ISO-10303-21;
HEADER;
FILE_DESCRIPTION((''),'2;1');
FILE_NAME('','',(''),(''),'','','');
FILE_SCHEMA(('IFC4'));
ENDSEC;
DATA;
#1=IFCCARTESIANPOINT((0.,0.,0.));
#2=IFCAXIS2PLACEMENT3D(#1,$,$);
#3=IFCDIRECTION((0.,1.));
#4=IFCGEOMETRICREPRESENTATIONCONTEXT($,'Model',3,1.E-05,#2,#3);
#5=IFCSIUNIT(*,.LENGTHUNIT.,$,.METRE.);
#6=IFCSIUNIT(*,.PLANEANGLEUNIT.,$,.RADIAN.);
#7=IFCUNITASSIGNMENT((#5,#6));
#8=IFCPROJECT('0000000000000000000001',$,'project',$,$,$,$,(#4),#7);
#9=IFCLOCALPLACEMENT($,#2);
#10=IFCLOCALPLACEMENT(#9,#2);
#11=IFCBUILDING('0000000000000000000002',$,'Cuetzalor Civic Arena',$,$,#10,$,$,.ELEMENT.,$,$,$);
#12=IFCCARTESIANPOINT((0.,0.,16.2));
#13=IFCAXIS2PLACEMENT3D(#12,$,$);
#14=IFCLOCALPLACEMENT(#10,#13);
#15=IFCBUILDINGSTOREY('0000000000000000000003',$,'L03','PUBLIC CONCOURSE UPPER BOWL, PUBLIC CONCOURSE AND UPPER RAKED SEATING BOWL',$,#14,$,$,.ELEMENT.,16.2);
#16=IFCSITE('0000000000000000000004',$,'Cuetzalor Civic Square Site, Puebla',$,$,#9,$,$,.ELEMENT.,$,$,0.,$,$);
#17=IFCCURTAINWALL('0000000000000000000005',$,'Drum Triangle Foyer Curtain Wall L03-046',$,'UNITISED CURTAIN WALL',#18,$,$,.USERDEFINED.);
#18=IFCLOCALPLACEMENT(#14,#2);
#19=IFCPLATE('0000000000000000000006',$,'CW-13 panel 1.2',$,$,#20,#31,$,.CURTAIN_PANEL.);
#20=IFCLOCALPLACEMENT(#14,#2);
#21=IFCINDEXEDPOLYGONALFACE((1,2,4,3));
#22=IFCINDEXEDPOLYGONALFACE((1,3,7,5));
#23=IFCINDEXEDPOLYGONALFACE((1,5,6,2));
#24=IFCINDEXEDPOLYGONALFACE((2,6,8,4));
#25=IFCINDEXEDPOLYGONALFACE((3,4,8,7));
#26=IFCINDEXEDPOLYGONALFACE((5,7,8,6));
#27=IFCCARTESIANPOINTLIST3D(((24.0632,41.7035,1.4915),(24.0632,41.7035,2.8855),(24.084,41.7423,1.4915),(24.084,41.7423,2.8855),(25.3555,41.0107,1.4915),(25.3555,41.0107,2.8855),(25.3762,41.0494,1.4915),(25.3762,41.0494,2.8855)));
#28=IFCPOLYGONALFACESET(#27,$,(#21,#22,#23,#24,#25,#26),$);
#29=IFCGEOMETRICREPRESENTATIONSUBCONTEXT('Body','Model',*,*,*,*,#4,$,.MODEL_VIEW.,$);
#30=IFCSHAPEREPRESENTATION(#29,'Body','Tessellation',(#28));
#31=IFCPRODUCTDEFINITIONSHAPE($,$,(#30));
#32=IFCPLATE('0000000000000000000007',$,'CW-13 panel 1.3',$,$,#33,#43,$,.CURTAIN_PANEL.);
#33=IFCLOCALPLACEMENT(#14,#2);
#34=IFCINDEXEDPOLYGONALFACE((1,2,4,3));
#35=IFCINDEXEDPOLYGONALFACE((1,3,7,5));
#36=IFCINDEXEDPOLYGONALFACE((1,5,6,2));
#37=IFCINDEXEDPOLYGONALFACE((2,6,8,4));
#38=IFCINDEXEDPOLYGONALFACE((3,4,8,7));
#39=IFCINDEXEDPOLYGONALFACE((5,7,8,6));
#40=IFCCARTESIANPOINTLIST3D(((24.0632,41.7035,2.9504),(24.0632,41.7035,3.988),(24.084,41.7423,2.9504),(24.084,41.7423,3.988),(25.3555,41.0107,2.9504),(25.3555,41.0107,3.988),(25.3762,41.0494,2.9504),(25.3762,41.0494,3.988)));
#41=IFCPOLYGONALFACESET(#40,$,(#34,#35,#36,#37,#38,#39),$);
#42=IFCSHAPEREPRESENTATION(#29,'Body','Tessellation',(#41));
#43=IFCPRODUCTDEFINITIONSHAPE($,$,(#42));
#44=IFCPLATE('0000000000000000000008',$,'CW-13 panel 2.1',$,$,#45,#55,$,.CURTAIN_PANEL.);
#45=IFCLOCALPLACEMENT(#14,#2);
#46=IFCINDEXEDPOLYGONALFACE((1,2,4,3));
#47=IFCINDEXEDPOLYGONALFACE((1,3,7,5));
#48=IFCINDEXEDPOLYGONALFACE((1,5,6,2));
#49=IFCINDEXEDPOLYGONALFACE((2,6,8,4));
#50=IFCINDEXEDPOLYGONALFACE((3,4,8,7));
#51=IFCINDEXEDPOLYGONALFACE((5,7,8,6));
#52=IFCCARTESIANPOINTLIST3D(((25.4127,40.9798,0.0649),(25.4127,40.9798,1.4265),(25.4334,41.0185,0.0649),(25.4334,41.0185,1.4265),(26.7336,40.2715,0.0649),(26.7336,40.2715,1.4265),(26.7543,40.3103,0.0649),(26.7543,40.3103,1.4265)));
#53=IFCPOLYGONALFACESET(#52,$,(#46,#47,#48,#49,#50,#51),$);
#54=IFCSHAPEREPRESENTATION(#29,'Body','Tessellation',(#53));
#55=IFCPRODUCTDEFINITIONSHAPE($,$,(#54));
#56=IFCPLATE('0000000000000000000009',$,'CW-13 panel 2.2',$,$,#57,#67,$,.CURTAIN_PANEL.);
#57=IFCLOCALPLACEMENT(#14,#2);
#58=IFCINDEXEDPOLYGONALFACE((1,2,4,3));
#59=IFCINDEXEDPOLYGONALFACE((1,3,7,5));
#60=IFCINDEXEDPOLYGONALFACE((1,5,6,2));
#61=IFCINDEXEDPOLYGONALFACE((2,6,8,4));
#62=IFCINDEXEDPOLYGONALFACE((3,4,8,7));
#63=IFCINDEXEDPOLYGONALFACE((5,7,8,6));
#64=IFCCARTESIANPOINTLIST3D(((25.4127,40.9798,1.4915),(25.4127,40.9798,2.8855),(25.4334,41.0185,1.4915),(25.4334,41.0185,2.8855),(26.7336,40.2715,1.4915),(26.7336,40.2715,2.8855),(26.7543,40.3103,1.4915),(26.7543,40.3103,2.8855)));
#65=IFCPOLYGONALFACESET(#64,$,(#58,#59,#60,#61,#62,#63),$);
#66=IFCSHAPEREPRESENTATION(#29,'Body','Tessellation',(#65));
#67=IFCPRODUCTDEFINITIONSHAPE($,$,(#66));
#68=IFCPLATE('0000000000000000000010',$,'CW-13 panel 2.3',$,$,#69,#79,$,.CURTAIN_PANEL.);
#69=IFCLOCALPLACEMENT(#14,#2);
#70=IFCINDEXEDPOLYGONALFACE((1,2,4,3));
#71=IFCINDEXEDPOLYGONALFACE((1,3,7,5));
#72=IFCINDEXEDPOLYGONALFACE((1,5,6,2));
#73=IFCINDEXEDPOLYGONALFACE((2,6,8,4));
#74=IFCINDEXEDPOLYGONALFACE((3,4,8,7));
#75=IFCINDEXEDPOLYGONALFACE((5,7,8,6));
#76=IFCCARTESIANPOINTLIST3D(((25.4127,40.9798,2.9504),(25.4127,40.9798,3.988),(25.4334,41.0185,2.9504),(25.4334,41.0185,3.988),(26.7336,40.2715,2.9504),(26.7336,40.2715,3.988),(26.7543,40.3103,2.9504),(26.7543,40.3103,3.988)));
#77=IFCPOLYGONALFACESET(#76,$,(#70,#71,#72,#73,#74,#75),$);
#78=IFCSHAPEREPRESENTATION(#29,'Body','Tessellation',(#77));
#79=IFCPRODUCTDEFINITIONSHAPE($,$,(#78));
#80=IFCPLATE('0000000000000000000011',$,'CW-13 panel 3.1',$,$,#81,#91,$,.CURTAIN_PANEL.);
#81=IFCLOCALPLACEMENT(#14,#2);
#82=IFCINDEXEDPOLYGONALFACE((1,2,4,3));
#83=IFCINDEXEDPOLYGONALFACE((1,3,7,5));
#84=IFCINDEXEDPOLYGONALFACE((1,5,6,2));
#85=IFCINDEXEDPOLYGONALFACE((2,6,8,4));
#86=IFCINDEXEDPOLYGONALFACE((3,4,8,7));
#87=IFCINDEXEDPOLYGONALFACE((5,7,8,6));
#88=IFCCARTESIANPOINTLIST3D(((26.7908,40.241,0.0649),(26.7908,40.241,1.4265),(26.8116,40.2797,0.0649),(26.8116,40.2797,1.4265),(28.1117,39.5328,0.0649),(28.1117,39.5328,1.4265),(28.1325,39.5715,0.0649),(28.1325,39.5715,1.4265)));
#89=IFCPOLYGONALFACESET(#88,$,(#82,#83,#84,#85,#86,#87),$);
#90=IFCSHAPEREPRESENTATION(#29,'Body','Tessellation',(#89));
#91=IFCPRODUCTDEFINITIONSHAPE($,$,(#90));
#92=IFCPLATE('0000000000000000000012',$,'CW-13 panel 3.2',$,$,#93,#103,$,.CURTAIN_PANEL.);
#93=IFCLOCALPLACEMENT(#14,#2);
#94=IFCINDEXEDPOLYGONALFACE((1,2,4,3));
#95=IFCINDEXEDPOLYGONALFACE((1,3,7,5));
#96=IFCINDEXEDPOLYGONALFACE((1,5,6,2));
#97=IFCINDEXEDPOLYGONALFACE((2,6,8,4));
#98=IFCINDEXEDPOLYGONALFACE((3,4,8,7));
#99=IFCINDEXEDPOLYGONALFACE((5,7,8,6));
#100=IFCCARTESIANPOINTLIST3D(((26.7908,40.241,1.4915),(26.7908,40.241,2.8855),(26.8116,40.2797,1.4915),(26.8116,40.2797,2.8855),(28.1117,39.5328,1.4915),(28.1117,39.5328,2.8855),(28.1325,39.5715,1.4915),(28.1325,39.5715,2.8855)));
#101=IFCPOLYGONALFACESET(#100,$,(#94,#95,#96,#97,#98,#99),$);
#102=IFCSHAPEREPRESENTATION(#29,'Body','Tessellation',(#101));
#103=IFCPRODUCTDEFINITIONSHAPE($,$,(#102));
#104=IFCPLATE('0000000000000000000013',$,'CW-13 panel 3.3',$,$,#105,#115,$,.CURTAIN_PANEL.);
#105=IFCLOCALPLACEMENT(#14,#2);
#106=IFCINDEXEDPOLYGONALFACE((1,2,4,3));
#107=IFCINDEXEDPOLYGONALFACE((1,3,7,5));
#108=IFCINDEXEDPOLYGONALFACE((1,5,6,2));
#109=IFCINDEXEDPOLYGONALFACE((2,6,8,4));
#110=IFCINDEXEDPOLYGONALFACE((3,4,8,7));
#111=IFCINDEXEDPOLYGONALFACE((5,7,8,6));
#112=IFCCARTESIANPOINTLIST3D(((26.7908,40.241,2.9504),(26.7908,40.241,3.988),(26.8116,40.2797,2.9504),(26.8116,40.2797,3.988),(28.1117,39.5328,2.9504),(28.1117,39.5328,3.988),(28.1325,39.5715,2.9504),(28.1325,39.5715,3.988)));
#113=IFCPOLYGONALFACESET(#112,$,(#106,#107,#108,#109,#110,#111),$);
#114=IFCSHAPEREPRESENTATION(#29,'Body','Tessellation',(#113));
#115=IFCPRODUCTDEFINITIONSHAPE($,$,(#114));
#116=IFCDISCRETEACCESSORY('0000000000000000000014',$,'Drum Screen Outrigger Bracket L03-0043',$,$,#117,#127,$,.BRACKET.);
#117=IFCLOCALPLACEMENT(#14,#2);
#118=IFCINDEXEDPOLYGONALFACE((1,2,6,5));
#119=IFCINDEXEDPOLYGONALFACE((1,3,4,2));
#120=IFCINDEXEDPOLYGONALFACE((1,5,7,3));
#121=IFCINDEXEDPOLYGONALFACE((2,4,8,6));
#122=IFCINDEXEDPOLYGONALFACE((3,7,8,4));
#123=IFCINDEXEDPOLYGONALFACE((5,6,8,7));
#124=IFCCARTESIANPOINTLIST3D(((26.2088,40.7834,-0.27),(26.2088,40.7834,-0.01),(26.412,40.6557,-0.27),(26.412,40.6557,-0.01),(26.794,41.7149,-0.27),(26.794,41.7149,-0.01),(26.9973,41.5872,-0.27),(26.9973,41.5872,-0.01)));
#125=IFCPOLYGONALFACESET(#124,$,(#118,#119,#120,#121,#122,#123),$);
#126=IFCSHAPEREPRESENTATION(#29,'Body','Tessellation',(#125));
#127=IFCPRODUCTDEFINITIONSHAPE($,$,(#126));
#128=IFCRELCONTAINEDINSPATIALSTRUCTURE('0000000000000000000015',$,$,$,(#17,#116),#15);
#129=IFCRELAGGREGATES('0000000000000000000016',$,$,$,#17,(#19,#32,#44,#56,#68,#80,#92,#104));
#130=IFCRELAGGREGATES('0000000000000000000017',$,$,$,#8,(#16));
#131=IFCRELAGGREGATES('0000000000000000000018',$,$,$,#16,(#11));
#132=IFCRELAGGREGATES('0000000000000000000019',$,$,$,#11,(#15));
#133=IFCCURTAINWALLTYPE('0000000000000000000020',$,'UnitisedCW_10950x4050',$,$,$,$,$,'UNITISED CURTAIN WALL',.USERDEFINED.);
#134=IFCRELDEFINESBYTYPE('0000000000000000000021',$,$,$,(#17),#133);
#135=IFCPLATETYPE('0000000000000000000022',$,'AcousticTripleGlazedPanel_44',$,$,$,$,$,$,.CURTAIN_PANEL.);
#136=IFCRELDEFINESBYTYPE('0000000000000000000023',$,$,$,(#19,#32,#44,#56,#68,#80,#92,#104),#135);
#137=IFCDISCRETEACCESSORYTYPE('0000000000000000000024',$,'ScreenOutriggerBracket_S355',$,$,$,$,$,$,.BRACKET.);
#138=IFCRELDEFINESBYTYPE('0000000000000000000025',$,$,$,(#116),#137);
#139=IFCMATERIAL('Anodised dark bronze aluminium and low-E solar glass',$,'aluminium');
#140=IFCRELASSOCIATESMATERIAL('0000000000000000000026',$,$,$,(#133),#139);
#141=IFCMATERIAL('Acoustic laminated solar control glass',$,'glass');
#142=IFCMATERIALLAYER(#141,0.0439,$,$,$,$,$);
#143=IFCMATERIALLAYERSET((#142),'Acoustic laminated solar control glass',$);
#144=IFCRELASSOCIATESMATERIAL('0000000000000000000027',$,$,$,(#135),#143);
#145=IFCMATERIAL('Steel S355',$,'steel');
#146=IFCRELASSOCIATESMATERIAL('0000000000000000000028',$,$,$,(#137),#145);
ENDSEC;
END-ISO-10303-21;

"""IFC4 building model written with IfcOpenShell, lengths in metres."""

from ifc_helpers import new_model, si_unit, direction, frame, origin, origin_2d, place, context, subcontext, project, spatial, rectangle, extrude, material, layer, layer_set, type_object, element, aggregate, save


model = new_model("IFC4")

# Units and contexts
model_context = context("Model", 3, precision=1e-05, world=origin(), true_north=direction((0.0, 1.0)))
body_context = subcontext(model_context, "Body", "Model", "MODEL_VIEW")
ifc_project = project(units=[si_unit("LENGTHUNIT", "METRE"), si_unit("PLANEANGLEUNIT", "RADIAN")], contexts=[model_context])

# Site, building, storey
site_placement = place(None, origin())
site = spatial("IfcSite", under=ifc_project, at=site_placement, Name="Cuetzalor Civic Square Site, Puebla", CompositionType="ELEMENT", RefElevation=0.0)
building_placement = place(site_placement, origin())
building = spatial("IfcBuilding", under=site, at=building_placement, Name="Cuetzalor Civic Arena", CompositionType="ELEMENT")
storey_placement = place(building_placement, frame((0.0, 0.0, 16.2)))
storey = spatial("IfcBuildingStorey", under=building, at=storey_placement, Name="L03", Description="PUBLIC CONCOURSE UPPER BOWL, PUBLIC CONCOURSE AND UPPER RAKED SEATING BOWL", CompositionType="ELEMENT", Elevation=16.2)

# Curtain wall, plates
ifc_material_1 = material(Name="Anodised dark bronze aluminium and low-E solar glass", Category="aluminium")
curtain_wall_type = type_object("IfcCurtainWallType", Name="UnitisedCW_10950x4050", ElementType="UNITISED CURTAIN WALL", PredefinedType="USERDEFINED", material=ifc_material_1)
curtain_wall_placement = place(storey_placement, origin())
curtain_wall = element("IfcCurtainWall", 1, at=curtain_wall_placement, inside=storey, type_object=curtain_wall_type, Name="Drum Triangle Foyer Curtain Wall L03-046", ObjectType="UNITISED CURTAIN WALL", PredefinedType="USERDEFINED")
ifc_material_2 = material(Name="Acoustic laminated solar control glass", Category="glass")
ifc_layer = layer(ifc_material_2, 0.0439)
ifc_layer_set = layer_set([ifc_layer], Name="Acoustic laminated solar control glass")
plate_type = type_object("IfcPlateType", Name="AcousticTripleGlazedPanel_44", PredefinedType="CURTAIN_PANEL", material=ifc_layer_set)
plate_1_placement = place(storey_placement, frame((24.7197, 41.3765, 1.4915), z_axis=(0.0, 0.0, 1.0), x_axis=(0.881306, -0.472545, 0.0)))
plate_1 = element("IfcPlate", 2, at=plate_1_placement, type_object=plate_type, Name="CW-13 panel 1.2", PredefinedType="CURTAIN_PANEL", context=body_context, shape_type="SweptSolid", body=[
    extrude(rectangle(XDim=1.4663, YDim=0.0439, at=origin_2d()), origin(), (0.0, 0.0, 1.0), 1.394),
])
plate_2_placement = place(storey_placement, frame((24.7197, 41.3765, 2.9504), z_axis=(0.0, 0.0, 1.0), x_axis=(0.881306, -0.472545, 0.0)))
plate_2 = element("IfcPlate", 3, at=plate_2_placement, type_object=plate_type, Name="CW-13 panel 1.3", PredefinedType="CURTAIN_PANEL", context=body_context, shape_type="SweptSolid", body=[
    extrude(rectangle(XDim=1.4663, YDim=0.0439, at=origin_2d()), origin(), (0.0, 0.0, 1.0), 1.0376),
])
plate_3_placement = place(storey_placement, frame((26.0835, 40.645, 0.0649), z_axis=(0.0, 0.0, 1.0), x_axis=(0.881306, -0.472545, 0.0)))
plate_3 = element("IfcPlate", 4, at=plate_3_placement, type_object=plate_type, Name="CW-13 panel 2.1", PredefinedType="CURTAIN_PANEL", context=body_context, shape_type="SweptSolid", body=[
    extrude(rectangle(XDim=1.4988, YDim=0.0439, at=origin_2d()), origin(), (0.0, 0.0, 1.0), 1.3616),
])
plate_4_placement = place(storey_placement, frame((26.0835, 40.645, 1.4915), z_axis=(0.0, 0.0, 1.0), x_axis=(0.881306, -0.472545, 0.0)))
plate_4 = element("IfcPlate", 5, at=plate_4_placement, type_object=plate_type, Name="CW-13 panel 2.2", PredefinedType="CURTAIN_PANEL", context=body_context, shape_type="SweptSolid", body=[
    extrude(rectangle(XDim=1.4988, YDim=0.0439, at=origin_2d()), origin(), (0.0, 0.0, 1.0), 1.394),
])
plate_5_placement = place(storey_placement, frame((26.0835, 40.645, 2.9504), z_axis=(0.0, 0.0, 1.0), x_axis=(0.881306, -0.472545, 0.0)))
plate_5 = element("IfcPlate", 6, at=plate_5_placement, type_object=plate_type, Name="CW-13 panel 2.3", PredefinedType="CURTAIN_PANEL", context=body_context, shape_type="SweptSolid", body=[
    extrude(rectangle(XDim=1.4988, YDim=0.0439, at=origin_2d()), origin(), (0.0, 0.0, 1.0), 1.0376),
])
plate_6_placement = place(storey_placement, frame((27.4617, 39.9062, 0.0649), z_axis=(0.0, 0.0, 1.0), x_axis=(0.881306, -0.472545, 0.0)))
plate_6 = element("IfcPlate", 7, at=plate_6_placement, type_object=plate_type, Name="CW-13 panel 3.1", PredefinedType="CURTAIN_PANEL", context=body_context, shape_type="SweptSolid", body=[
    extrude(rectangle(XDim=1.4988, YDim=0.0439, at=origin_2d()), origin(), (0.0, 0.0, 1.0), 1.3616),
])
plate_7_placement = place(storey_placement, frame((27.4617, 39.9062, 1.4915), z_axis=(0.0, 0.0, 1.0), x_axis=(0.881306, -0.472545, 0.0)))
plate_7 = element("IfcPlate", 8, at=plate_7_placement, type_object=plate_type, Name="CW-13 panel 3.2", PredefinedType="CURTAIN_PANEL", context=body_context, shape_type="SweptSolid", body=[
    extrude(rectangle(XDim=1.4988, YDim=0.0439, at=origin_2d()), origin(), (0.0, 0.0, 1.0), 1.394),
])
plate_8_placement = place(storey_placement, frame((27.4617, 39.9062, 2.9504), z_axis=(0.0, 0.0, 1.0), x_axis=(0.881306, -0.472545, 0.0)))
plate_8 = element("IfcPlate", 9, at=plate_8_placement, type_object=plate_type, Name="CW-13 panel 3.3", PredefinedType="CURTAIN_PANEL", context=body_context, shape_type="SweptSolid", body=[
    extrude(rectangle(XDim=1.4988, YDim=0.0439, at=origin_2d()), origin(), (0.0, 0.0, 1.0), 1.0376),
])
aggregate(curtain_wall, [plate_1, plate_2, plate_3, plate_4, plate_5, plate_6, plate_7, plate_8])

# Discrete accessory
ifc_material_3 = material(Name="Steel S355", Category="steel")
discrete_accessory_type = type_object("IfcDiscreteAccessoryType", Name="ScreenOutriggerBracket_S355", PredefinedType="BRACKET", material=ifc_material_3)
discrete_accessory_placement = place(storey_placement, frame((26.603, 41.1853, -0.27), z_axis=(0.0, 0.0, 1.0), x_axis=(0.53199, 0.846751, 0.0)))
element("IfcDiscreteAccessory", 10, at=discrete_accessory_placement, inside=storey, type_object=discrete_accessory_type, Name="Drum Screen Outrigger Bracket L03-0043", PredefinedType="BRACKET", context=body_context, shape_type="SweptSolid", body=[
    extrude(rectangle(XDim=1.1001, YDim=0.24, at=origin_2d()), origin(), (0.0, 0.0, 1.0), 0.26),
])

save(model, "model.ifc")
